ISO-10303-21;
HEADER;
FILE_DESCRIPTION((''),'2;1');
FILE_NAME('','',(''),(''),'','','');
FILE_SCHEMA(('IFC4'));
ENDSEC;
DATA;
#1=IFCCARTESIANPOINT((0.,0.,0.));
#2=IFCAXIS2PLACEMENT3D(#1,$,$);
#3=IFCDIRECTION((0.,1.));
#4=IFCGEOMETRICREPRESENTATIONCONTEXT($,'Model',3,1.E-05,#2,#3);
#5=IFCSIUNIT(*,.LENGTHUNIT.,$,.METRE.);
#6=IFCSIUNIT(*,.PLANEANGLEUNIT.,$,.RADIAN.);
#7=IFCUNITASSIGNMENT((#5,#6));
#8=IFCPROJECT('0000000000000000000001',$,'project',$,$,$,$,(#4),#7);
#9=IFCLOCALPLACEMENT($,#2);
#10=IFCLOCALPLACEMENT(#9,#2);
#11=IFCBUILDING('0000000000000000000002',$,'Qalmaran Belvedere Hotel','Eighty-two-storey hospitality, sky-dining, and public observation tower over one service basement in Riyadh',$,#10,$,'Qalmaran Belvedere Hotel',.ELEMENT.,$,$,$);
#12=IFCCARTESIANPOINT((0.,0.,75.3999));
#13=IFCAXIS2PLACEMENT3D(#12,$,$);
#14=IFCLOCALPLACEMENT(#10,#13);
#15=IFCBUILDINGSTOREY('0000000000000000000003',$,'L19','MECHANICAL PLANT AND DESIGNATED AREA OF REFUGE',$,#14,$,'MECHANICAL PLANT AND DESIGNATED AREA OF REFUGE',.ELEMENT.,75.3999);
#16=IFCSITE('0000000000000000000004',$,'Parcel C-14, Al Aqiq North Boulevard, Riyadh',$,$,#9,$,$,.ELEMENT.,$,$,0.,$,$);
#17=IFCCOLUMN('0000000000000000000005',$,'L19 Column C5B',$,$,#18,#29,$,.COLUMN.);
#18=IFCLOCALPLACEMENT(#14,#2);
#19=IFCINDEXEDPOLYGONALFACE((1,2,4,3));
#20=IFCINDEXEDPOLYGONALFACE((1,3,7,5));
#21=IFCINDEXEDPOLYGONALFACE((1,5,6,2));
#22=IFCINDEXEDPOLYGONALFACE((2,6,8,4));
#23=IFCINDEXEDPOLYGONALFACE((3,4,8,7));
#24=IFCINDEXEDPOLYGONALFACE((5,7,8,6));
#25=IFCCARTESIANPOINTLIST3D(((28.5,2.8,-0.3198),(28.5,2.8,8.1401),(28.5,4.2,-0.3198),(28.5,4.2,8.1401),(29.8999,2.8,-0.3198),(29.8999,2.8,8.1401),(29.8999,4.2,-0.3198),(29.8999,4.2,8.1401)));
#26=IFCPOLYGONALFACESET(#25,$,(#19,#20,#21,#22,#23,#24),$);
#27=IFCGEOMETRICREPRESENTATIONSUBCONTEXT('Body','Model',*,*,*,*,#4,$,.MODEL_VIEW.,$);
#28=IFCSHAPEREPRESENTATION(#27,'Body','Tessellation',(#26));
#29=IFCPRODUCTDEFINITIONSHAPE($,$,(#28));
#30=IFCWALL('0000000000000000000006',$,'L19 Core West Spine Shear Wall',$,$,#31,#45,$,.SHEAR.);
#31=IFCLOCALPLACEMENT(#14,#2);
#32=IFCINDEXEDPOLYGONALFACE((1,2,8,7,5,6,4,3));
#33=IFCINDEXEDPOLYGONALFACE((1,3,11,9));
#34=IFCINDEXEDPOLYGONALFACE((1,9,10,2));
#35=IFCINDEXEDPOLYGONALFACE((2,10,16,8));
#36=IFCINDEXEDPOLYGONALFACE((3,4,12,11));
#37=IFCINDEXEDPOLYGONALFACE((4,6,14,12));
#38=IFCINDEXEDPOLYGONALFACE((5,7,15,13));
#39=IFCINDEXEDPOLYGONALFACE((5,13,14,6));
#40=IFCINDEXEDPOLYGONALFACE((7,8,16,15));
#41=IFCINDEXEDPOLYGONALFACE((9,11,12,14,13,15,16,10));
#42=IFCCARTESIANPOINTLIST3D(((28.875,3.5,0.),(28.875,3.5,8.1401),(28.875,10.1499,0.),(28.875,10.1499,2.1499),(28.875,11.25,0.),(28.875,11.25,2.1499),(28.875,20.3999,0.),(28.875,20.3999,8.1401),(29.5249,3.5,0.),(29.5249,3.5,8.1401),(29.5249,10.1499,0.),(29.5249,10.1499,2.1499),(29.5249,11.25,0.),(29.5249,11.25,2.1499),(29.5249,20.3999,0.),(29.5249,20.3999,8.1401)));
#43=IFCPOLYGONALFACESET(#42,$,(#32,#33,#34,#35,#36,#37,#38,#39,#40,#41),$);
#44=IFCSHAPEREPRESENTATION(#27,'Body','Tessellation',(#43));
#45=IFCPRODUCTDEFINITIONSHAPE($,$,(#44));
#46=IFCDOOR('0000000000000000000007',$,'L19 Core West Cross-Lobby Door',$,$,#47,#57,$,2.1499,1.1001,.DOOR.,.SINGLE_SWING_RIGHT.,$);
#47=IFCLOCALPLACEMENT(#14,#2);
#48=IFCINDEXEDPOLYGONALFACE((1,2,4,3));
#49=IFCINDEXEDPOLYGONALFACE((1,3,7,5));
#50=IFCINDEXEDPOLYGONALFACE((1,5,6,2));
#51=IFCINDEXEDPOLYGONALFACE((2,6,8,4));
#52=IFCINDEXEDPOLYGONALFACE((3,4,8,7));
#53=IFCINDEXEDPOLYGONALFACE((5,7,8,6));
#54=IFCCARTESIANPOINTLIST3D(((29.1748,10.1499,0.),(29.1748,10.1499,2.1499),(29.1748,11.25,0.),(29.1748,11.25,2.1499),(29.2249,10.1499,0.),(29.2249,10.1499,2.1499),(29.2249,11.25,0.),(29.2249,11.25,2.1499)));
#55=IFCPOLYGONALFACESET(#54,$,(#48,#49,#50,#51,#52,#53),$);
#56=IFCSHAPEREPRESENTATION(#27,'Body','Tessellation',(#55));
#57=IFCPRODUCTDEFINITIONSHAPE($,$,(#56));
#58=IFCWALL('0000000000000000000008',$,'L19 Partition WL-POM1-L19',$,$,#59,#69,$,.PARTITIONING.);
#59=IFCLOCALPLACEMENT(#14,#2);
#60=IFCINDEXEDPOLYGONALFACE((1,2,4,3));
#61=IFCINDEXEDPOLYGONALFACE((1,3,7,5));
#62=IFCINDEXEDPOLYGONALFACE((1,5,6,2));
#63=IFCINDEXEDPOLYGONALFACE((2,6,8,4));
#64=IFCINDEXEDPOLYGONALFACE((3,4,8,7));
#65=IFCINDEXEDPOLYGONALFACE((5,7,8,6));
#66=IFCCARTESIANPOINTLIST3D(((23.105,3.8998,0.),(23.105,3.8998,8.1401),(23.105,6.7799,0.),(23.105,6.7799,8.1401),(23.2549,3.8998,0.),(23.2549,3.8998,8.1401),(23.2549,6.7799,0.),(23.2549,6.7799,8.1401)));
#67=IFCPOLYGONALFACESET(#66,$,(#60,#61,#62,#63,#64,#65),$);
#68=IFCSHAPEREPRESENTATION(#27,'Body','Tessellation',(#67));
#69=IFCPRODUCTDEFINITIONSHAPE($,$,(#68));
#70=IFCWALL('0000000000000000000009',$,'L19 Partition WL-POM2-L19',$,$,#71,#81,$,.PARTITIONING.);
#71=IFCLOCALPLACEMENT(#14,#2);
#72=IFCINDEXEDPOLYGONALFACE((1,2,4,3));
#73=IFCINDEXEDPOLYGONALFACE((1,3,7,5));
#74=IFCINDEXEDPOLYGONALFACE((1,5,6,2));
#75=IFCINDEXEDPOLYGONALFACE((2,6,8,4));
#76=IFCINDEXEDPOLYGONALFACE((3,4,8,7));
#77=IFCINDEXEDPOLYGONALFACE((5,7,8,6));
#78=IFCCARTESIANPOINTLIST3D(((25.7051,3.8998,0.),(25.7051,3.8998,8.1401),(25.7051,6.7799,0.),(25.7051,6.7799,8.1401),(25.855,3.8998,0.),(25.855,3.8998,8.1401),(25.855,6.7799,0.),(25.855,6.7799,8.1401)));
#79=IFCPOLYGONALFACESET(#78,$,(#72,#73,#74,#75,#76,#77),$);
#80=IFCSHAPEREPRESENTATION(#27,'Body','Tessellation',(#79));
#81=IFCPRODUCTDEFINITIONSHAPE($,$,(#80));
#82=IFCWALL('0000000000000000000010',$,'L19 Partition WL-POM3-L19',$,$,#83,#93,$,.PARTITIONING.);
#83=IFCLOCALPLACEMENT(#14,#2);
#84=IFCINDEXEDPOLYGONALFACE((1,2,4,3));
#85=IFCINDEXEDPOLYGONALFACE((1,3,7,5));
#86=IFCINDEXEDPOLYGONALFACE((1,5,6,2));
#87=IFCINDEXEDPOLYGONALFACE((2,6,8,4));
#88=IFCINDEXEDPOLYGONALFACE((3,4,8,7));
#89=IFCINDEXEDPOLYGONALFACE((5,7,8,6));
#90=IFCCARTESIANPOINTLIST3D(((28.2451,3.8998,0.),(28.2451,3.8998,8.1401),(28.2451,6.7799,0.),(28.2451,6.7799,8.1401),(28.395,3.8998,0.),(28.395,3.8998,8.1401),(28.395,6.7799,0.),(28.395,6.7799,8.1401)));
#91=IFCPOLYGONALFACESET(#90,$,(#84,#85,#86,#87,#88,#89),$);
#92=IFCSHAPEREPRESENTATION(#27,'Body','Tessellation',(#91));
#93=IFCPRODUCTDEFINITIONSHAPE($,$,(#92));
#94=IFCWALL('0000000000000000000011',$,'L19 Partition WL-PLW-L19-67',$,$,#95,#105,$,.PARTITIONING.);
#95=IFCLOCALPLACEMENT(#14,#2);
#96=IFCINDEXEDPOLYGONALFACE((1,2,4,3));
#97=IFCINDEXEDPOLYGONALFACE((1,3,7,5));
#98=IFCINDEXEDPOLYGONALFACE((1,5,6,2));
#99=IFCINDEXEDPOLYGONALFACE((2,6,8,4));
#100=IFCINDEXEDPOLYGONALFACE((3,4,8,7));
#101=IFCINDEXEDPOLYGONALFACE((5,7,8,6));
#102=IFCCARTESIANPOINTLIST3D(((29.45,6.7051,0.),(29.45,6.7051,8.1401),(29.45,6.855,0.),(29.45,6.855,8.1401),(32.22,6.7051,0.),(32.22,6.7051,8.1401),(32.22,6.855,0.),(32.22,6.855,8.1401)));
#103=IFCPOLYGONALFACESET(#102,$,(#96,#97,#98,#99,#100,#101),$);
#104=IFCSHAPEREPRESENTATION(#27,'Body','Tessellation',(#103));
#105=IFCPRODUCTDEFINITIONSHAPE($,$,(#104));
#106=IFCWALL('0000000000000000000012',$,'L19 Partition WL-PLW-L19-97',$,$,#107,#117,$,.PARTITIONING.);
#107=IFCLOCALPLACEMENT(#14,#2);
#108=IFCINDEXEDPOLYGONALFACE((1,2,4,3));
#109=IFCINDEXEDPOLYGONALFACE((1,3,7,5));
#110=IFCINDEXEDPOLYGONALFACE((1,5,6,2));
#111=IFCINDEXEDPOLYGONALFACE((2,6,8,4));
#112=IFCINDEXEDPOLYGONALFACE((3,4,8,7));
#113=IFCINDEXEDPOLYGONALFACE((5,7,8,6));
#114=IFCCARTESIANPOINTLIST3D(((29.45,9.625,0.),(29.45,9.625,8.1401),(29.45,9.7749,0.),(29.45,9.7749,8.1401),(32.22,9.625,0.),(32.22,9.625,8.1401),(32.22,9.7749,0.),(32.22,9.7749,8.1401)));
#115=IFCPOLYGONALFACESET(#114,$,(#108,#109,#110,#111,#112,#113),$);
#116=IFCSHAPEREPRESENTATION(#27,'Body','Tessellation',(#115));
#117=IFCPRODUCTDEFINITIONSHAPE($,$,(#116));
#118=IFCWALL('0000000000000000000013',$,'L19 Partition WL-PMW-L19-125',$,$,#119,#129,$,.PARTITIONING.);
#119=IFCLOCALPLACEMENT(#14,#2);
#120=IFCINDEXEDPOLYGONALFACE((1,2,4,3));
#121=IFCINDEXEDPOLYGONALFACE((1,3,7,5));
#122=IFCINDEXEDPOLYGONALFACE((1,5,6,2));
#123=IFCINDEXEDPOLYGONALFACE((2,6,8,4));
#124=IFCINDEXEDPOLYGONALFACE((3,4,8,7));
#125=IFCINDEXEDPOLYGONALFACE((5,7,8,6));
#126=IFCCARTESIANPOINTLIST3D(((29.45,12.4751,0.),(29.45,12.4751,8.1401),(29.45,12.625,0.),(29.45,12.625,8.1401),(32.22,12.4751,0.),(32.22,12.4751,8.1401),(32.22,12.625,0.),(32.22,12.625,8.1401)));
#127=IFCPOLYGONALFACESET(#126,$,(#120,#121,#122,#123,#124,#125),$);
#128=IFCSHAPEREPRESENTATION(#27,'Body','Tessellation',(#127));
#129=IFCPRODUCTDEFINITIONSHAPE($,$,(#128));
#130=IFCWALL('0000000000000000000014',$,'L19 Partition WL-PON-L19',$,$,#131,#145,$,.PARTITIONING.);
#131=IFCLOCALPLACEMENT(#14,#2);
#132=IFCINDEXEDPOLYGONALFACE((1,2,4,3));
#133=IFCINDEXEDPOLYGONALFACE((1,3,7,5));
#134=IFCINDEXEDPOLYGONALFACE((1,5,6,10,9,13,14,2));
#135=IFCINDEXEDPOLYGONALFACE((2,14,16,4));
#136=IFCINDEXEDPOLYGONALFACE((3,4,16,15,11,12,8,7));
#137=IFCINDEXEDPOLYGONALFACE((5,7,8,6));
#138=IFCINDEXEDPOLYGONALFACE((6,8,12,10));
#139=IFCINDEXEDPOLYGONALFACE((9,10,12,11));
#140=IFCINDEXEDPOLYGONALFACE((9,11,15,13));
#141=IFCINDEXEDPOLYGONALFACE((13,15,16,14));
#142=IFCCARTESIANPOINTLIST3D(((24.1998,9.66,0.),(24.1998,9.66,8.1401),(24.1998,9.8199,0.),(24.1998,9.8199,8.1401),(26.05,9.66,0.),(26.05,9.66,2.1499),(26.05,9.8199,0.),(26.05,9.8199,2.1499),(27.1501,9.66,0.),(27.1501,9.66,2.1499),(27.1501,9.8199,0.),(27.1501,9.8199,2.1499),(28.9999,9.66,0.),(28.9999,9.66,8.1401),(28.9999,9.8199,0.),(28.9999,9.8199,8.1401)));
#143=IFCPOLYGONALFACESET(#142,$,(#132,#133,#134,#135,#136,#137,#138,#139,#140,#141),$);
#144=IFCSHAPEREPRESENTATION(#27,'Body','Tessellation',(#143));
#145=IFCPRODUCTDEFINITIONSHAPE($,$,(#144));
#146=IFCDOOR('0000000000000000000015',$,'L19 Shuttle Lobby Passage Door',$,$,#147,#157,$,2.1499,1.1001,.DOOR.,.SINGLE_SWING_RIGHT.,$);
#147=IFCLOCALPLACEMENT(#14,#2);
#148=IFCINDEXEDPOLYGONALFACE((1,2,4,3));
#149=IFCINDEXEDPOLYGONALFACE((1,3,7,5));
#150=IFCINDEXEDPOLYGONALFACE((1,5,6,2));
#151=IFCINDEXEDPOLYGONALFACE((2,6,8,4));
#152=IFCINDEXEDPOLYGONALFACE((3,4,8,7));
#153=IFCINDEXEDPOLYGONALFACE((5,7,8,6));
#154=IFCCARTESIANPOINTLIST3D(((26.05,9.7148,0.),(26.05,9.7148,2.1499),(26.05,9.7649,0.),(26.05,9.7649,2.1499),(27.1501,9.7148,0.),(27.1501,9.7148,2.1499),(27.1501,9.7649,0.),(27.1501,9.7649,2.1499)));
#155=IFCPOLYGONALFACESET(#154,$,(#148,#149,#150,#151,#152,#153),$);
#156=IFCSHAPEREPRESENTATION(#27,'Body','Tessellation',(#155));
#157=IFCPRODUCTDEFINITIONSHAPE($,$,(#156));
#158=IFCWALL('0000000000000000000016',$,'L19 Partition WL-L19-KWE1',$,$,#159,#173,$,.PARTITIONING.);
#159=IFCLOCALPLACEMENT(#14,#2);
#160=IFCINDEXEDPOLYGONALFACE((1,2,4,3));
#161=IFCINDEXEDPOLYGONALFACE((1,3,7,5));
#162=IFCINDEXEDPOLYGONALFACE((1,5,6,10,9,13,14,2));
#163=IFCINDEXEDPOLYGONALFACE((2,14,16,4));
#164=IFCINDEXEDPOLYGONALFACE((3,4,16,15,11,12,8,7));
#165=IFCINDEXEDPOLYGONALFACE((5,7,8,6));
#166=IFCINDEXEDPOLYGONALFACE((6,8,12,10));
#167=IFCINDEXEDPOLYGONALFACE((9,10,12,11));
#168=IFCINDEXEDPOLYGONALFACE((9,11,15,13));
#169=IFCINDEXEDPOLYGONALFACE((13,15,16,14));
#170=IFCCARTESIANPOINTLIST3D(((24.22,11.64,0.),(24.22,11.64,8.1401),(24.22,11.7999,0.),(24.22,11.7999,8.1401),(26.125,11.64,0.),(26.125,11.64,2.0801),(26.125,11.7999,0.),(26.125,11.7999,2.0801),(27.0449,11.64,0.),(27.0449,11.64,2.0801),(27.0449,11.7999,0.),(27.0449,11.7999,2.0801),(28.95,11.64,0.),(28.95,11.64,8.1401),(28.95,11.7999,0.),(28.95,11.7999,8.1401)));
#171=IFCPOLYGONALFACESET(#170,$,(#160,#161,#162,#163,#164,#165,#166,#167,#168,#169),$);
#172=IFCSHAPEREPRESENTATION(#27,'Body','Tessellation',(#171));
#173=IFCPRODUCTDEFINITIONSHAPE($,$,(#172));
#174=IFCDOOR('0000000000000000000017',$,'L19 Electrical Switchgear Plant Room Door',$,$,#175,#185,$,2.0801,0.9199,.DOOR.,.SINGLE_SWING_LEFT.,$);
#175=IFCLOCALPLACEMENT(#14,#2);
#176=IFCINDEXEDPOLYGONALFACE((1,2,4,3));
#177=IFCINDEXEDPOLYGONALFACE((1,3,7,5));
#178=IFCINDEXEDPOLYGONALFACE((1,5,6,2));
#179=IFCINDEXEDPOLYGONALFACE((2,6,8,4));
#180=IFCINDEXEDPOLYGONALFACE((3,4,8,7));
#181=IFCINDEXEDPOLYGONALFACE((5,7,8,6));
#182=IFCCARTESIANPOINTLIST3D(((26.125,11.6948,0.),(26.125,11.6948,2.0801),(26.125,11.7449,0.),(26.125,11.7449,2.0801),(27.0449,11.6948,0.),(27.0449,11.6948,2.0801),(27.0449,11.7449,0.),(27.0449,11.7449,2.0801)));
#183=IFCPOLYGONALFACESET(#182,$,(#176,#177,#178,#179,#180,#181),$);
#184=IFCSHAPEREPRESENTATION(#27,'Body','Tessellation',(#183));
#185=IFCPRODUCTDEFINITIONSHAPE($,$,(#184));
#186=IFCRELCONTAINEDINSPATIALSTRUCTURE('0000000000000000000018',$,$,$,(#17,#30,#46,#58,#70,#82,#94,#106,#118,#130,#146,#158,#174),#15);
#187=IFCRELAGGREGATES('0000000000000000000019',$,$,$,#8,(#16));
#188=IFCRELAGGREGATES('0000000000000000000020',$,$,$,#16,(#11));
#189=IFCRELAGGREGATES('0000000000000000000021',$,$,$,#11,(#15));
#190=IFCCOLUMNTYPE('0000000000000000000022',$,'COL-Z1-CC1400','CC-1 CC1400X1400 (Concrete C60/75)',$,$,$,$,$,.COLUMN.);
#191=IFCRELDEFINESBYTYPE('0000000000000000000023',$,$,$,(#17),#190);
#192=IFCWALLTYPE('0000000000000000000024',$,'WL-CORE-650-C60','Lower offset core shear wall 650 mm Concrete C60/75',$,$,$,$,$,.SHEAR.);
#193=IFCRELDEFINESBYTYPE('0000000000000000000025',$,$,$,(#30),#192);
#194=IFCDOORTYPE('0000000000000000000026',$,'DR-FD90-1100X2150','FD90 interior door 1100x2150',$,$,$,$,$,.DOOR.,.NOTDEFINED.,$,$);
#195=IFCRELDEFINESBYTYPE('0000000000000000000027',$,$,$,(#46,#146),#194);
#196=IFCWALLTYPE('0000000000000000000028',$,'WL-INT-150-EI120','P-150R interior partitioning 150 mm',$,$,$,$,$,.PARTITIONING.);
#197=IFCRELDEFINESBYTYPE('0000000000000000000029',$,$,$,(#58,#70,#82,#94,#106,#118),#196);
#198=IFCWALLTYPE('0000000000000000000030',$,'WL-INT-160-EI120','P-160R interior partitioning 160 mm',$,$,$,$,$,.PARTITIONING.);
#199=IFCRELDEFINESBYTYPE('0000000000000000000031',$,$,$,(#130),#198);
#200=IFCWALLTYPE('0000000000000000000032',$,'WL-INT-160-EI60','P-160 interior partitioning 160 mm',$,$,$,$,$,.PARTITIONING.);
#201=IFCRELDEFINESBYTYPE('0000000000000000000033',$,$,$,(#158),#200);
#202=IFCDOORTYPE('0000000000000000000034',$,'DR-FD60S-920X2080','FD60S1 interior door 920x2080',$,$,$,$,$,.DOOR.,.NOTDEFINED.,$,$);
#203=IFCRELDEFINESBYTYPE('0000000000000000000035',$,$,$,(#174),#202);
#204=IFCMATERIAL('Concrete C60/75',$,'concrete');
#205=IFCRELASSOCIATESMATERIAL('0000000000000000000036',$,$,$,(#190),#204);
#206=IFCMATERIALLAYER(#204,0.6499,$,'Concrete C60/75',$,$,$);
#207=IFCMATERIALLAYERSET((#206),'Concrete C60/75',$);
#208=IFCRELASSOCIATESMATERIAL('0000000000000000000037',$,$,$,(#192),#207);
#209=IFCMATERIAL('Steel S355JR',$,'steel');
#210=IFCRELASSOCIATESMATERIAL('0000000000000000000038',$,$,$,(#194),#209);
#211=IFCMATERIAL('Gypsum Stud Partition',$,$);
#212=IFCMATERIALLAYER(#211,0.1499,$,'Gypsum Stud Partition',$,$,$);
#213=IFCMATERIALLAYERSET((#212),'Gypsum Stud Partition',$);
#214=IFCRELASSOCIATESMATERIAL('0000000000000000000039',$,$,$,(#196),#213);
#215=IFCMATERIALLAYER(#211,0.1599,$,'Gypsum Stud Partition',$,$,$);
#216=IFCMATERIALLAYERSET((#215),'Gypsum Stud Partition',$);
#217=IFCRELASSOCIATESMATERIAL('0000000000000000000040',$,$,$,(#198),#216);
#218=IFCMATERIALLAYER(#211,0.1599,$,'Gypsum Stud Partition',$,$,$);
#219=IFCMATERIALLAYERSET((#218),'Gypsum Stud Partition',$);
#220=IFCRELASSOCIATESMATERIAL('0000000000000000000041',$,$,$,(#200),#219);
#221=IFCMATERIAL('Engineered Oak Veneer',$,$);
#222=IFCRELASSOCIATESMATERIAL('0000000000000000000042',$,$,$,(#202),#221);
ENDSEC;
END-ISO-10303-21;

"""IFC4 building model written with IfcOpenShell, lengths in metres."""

from ifc_helpers import new_model, si_unit, direction, frame, frame_2d, origin, origin_2d, place, context, subcontext, project, spatial, rectangle, extrude, material, layer, layer_set, material_profile, profile_set, type_object, element, fill, save


model = new_model("IFC4")

# Units and contexts
model_context = context("Model", 3, precision=1e-05, world=origin(), true_north=direction((0.0, 1.0)))
body_context = subcontext(model_context, "Body", "Model", "MODEL_VIEW")
ifc_project = project(units=[si_unit("LENGTHUNIT", "METRE"), si_unit("PLANEANGLEUNIT", "RADIAN")], contexts=[model_context])

# Site, building, storey
site_placement = place(None, origin())
site = spatial("IfcSite", under=ifc_project, at=site_placement, Name="Parcel C-14, Al Aqiq North Boulevard, Riyadh", CompositionType="ELEMENT", RefElevation=0.0)
building_placement = place(site_placement, origin())
building = spatial("IfcBuilding", under=site, at=building_placement, Name="Qalmaran Belvedere Hotel", Description="Eighty-two-storey hospitality, sky-dining, and public observation tower over one service basement in Riyadh", LongName="Qalmaran Belvedere Hotel", CompositionType="ELEMENT")
storey_placement = place(building_placement, frame((0.0, 0.0, 75.3999)))
storey = spatial("IfcBuildingStorey", under=building, at=storey_placement, Name="L19", Description="MECHANICAL PLANT AND DESIGNATED AREA OF REFUGE", LongName="MECHANICAL PLANT AND DESIGNATED AREA OF REFUGE", CompositionType="ELEMENT", Elevation=75.3999)

# Column
ifc_material_1 = material(Name="Concrete C60/75", Category="concrete")
ifc_material_profile = material_profile(ifc_material_1, rectangle(XDim=1.3999, YDim=1.3999, at=origin_2d()), Name="CC1400X1400")
ifc_profile_set = profile_set([ifc_material_profile], Name="Concrete C60/75")
column_type = type_object("IfcColumnType", Name="COL-Z1-CC1400", Description="CC-1 CC1400X1400 (Concrete C60/75)", PredefinedType="COLUMN", material=ifc_profile_set)
column_placement = place(storey_placement, frame((29.2, 3.5, -0.3198), z_axis=(0.0, 0.0, 1.0), x_axis=(1.0, 0.0, 0.0)))
element("IfcColumn", 1, at=column_placement, inside=storey, type_object=column_type, Name="L19 Column C5B", PredefinedType="COLUMN", context=body_context, shape_type="SweptSolid", body=[
    extrude(rectangle(XDim=1.3999, YDim=1.3999, at=origin_2d()), origin(), (0.0, 0.0, 1.0), 8.46),
])

# Wall, opening, door
ifc_layer_1 = layer(ifc_material_1, 0.6499, Name="Concrete C60/75")
ifc_layer_set_1 = layer_set([ifc_layer_1], Name="Concrete C60/75")
wall_type_1 = type_object("IfcWallType", Name="WL-CORE-650-C60", Description="Lower offset core shear wall 650 mm Concrete C60/75", PredefinedType="SHEAR", material=ifc_layer_set_1)
wall_1_placement = place(storey_placement, frame((29.2, 3.5, 0.0), z_axis=(0.0, 0.0, 1.0), x_axis=(0.0, 1.0, 0.0)))
wall_1 = element("IfcWall", 2, at=wall_1_placement, inside=storey, type_object=wall_type_1, Name="L19 Core West Spine Shear Wall", PredefinedType="SHEAR", context=body_context, shape_type="SweptSolid", body=[
    extrude(rectangle(XDim=16.8999, YDim=0.6499, at=frame_2d((8.45, 0.0))), origin(), (0.0, 0.0, 1.0), 8.1401),
])
opening_1_placement = place(wall_1_placement, frame((7.75, 0.0, 0.0), z_axis=(0.0, 0.0, 1.0), x_axis=(-1.0, 0.0, 0.0)))
opening_1 = element("IfcOpeningElement", 3, at=opening_1_placement, cuts=wall_1, PredefinedType="OPENING", context=body_context, shape_type="SweptSolid", body=[
    extrude(rectangle(XDim=1.1001, YDim=2.1499, at=frame_2d((0.55, 1.075))), frame((0.0, 0.335, 0.0), z_axis=(0.0, -1.0, 0.0), x_axis=(1.0, 0.0, 0.0)), (0.0, 0.0, 1.0), 0.6699),
])
ifc_material_2 = material(Name="Steel S355JR", Category="steel")
door_type_1 = type_object("IfcDoorType", Name="DR-FD90-1100X2150", Description="FD90 interior door 1100x2150", OperationType="NOTDEFINED", PredefinedType="DOOR", material=ifc_material_2)
door_1_placement = place(opening_1_placement, origin())
door_1 = element("IfcDoor", 4, at=door_1_placement, inside=storey, type_object=door_type_1, Name="L19 Core West Cross-Lobby Door", OperationType="SINGLE_SWING_RIGHT", OverallHeight=2.1499, OverallWidth=1.1001, PredefinedType="DOOR", context=body_context, shape_type="SweptSolid", body=[
    extrude(rectangle(XDim=1.1001, YDim=2.1499, at=frame_2d((0.55, 1.075))), frame((0.0, 0.0249, 0.0), z_axis=(0.0, -1.0, 0.0), x_axis=(1.0, 0.0, 0.0)), (0.0, 0.0, 1.0), 0.05),
])
fill(opening_1, door_1)

# Walls
ifc_material_3 = material(Name="Gypsum Stud Partition")
ifc_layer_2 = layer(ifc_material_3, 0.1499, Name="Gypsum Stud Partition")
ifc_layer_set_2 = layer_set([ifc_layer_2], Name="Gypsum Stud Partition")
wall_type_2 = type_object("IfcWallType", Name="WL-INT-150-EI120", Description="P-150R interior partitioning 150 mm", PredefinedType="PARTITIONING", material=ifc_layer_set_2)
for number, where, z_axis, x_axis, name in (
    (5, (23.1799, 3.8999, 0.0), (0.0, 0.0, 1.0), (0.0, 1.0, 0.0), "L19 Partition WL-POM1-L19"),
    (6, (25.78, 3.8999, 0.0), (0.0, 0.0, 1.0), (0.0, 1.0, 0.0), "L19 Partition WL-POM2-L19"),
    (7, (28.3201, 3.8999, 0.0), (0.0, 0.0, 1.0), (0.0, 1.0, 0.0), "L19 Partition WL-POM3-L19"),
):
    element("IfcWall", number, at=place(storey_placement, frame(where, z_axis=z_axis, x_axis=x_axis)), inside=storey, type_object=wall_type_2, Name=name, PredefinedType="PARTITIONING", context=body_context, shape_type="SweptSolid", body=[
        extrude(rectangle(XDim=2.8801, YDim=0.1499, at=frame_2d((1.4399, 0.0))), origin(), (0.0, 0.0, 1.0), 8.1401),
    ])
for number, where, z_axis, x_axis, name in (
    (8, (29.45, 6.78, 0.0), (0.0, 0.0, 1.0), (1.0, 0.0, 0.0), "L19 Partition WL-PLW-L19-67"),
    (9, (29.45, 9.7, 0.0), (0.0, 0.0, 1.0), (1.0, 0.0, 0.0), "L19 Partition WL-PLW-L19-97"),
    (10, (29.45, 12.55, 0.0), (0.0, 0.0, 1.0), (1.0, 0.0, 0.0), "L19 Partition WL-PMW-L19-125"),
):
    element("IfcWall", number, at=place(storey_placement, frame(where, z_axis=z_axis, x_axis=x_axis)), inside=storey, type_object=wall_type_2, Name=name, PredefinedType="PARTITIONING", context=body_context, shape_type="SweptSolid", body=[
        extrude(rectangle(XDim=2.77, YDim=0.1499, at=frame_2d((1.385, 0.0))), origin(), (0.0, 0.0, 1.0), 8.1401),
    ])

# Walls, openings, doors
ifc_layer_3 = layer(ifc_material_3, 0.1599, Name="Gypsum Stud Partition")
ifc_layer_set_3 = layer_set([ifc_layer_3], Name="Gypsum Stud Partition")
wall_type_3 = type_object("IfcWallType", Name="WL-INT-160-EI120", Description="P-160R interior partitioning 160 mm", PredefinedType="PARTITIONING", material=ifc_layer_set_3)
wall_2_placement = place(storey_placement, frame((24.2, 9.74, 0.0), z_axis=(0.0, 0.0, 1.0), x_axis=(1.0, 0.0, 0.0)))
wall_2 = element("IfcWall", 11, at=wall_2_placement, inside=storey, type_object=wall_type_3, Name="L19 Partition WL-PON-L19", PredefinedType="PARTITIONING", context=body_context, shape_type="SweptSolid", body=[
    extrude(rectangle(XDim=4.8, YDim=0.1599, at=frame_2d((2.3999, 0.0))), origin(), (0.0, 0.0, 1.0), 8.1401),
])
opening_2_placement = place(wall_2_placement, frame((1.8501, 0.0, 0.0)))
opening_2 = element("IfcOpeningElement", 12, at=opening_2_placement, cuts=wall_2, PredefinedType="OPENING", context=body_context, shape_type="SweptSolid", body=[
    extrude(rectangle(XDim=1.1001, YDim=2.1499, at=frame_2d((0.55, 1.075))), frame((0.0, 0.0898, 0.0), z_axis=(0.0, -1.0, 0.0), x_axis=(1.0, 0.0, 0.0)), (0.0, 0.0, 1.0), 0.1799),
])
door_2_placement = place(opening_2_placement, origin())
door_2 = element("IfcDoor", 13, at=door_2_placement, inside=storey, type_object=door_type_1, Name="L19 Shuttle Lobby Passage Door", OperationType="SINGLE_SWING_RIGHT", OverallHeight=2.1499, OverallWidth=1.1001, PredefinedType="DOOR", context=body_context, shape_type="SweptSolid", body=[
    extrude(rectangle(XDim=1.1001, YDim=2.1499, at=frame_2d((0.55, 1.075))), frame((0.0, 0.0249, 0.0), z_axis=(0.0, -1.0, 0.0), x_axis=(1.0, 0.0, 0.0)), (0.0, 0.0, 1.0), 0.05),
])
fill(opening_2, door_2)
ifc_layer_4 = layer(ifc_material_3, 0.1599, Name="Gypsum Stud Partition")
ifc_layer_set_4 = layer_set([ifc_layer_4], Name="Gypsum Stud Partition")
wall_type_4 = type_object("IfcWallType", Name="WL-INT-160-EI60", Description="P-160 interior partitioning 160 mm", PredefinedType="PARTITIONING", material=ifc_layer_set_4)
wall_3_placement = place(storey_placement, frame((24.22, 11.72, 0.0), z_axis=(0.0, 0.0, 1.0), x_axis=(1.0, 0.0, 0.0)))
wall_3 = element("IfcWall", 14, at=wall_3_placement, inside=storey, type_object=wall_type_4, Name="L19 Partition WL-L19-KWE1", PredefinedType="PARTITIONING", context=body_context, shape_type="SweptSolid", body=[
    extrude(rectangle(XDim=4.73, YDim=0.1599, at=frame_2d((2.365, 0.0))), origin(), (0.0, 0.0, 1.0), 8.1401),
])
opening_3_placement = place(wall_3_placement, frame((1.905, 0.0, 0.0)))
opening_3 = element("IfcOpeningElement", 15, at=opening_3_placement, cuts=wall_3, PredefinedType="OPENING", context=body_context, shape_type="SweptSolid", body=[
    extrude(rectangle(XDim=0.9199, YDim=2.0801, at=frame_2d((0.46, 1.04))), frame((0.0, 0.0898, 0.0), z_axis=(0.0, -1.0, 0.0), x_axis=(1.0, 0.0, 0.0)), (0.0, 0.0, 1.0), 0.1799),
])
ifc_material_4 = material(Name="Engineered Oak Veneer")
door_type_2 = type_object("IfcDoorType", Name="DR-FD60S-920X2080", Description="FD60S1 interior door 920x2080", OperationType="NOTDEFINED", PredefinedType="DOOR", material=ifc_material_4)
door_3_placement = place(opening_3_placement, origin())
door_3 = element("IfcDoor", 16, at=door_3_placement, inside=storey, type_object=door_type_2, Name="L19 Electrical Switchgear Plant Room Door", OperationType="SINGLE_SWING_LEFT", OverallHeight=2.0801, OverallWidth=0.9199, PredefinedType="DOOR", context=body_context, shape_type="SweptSolid", body=[
    extrude(rectangle(XDim=0.9199, YDim=2.0801, at=frame_2d((0.46, 1.04))), frame((0.0, 0.0249, 0.0), z_axis=(0.0, -1.0, 0.0), x_axis=(1.0, 0.0, 0.0)), (0.0, 0.0, 1.0), 0.05),
])
fill(opening_3, door_3)

save(model, "model.ifc")
